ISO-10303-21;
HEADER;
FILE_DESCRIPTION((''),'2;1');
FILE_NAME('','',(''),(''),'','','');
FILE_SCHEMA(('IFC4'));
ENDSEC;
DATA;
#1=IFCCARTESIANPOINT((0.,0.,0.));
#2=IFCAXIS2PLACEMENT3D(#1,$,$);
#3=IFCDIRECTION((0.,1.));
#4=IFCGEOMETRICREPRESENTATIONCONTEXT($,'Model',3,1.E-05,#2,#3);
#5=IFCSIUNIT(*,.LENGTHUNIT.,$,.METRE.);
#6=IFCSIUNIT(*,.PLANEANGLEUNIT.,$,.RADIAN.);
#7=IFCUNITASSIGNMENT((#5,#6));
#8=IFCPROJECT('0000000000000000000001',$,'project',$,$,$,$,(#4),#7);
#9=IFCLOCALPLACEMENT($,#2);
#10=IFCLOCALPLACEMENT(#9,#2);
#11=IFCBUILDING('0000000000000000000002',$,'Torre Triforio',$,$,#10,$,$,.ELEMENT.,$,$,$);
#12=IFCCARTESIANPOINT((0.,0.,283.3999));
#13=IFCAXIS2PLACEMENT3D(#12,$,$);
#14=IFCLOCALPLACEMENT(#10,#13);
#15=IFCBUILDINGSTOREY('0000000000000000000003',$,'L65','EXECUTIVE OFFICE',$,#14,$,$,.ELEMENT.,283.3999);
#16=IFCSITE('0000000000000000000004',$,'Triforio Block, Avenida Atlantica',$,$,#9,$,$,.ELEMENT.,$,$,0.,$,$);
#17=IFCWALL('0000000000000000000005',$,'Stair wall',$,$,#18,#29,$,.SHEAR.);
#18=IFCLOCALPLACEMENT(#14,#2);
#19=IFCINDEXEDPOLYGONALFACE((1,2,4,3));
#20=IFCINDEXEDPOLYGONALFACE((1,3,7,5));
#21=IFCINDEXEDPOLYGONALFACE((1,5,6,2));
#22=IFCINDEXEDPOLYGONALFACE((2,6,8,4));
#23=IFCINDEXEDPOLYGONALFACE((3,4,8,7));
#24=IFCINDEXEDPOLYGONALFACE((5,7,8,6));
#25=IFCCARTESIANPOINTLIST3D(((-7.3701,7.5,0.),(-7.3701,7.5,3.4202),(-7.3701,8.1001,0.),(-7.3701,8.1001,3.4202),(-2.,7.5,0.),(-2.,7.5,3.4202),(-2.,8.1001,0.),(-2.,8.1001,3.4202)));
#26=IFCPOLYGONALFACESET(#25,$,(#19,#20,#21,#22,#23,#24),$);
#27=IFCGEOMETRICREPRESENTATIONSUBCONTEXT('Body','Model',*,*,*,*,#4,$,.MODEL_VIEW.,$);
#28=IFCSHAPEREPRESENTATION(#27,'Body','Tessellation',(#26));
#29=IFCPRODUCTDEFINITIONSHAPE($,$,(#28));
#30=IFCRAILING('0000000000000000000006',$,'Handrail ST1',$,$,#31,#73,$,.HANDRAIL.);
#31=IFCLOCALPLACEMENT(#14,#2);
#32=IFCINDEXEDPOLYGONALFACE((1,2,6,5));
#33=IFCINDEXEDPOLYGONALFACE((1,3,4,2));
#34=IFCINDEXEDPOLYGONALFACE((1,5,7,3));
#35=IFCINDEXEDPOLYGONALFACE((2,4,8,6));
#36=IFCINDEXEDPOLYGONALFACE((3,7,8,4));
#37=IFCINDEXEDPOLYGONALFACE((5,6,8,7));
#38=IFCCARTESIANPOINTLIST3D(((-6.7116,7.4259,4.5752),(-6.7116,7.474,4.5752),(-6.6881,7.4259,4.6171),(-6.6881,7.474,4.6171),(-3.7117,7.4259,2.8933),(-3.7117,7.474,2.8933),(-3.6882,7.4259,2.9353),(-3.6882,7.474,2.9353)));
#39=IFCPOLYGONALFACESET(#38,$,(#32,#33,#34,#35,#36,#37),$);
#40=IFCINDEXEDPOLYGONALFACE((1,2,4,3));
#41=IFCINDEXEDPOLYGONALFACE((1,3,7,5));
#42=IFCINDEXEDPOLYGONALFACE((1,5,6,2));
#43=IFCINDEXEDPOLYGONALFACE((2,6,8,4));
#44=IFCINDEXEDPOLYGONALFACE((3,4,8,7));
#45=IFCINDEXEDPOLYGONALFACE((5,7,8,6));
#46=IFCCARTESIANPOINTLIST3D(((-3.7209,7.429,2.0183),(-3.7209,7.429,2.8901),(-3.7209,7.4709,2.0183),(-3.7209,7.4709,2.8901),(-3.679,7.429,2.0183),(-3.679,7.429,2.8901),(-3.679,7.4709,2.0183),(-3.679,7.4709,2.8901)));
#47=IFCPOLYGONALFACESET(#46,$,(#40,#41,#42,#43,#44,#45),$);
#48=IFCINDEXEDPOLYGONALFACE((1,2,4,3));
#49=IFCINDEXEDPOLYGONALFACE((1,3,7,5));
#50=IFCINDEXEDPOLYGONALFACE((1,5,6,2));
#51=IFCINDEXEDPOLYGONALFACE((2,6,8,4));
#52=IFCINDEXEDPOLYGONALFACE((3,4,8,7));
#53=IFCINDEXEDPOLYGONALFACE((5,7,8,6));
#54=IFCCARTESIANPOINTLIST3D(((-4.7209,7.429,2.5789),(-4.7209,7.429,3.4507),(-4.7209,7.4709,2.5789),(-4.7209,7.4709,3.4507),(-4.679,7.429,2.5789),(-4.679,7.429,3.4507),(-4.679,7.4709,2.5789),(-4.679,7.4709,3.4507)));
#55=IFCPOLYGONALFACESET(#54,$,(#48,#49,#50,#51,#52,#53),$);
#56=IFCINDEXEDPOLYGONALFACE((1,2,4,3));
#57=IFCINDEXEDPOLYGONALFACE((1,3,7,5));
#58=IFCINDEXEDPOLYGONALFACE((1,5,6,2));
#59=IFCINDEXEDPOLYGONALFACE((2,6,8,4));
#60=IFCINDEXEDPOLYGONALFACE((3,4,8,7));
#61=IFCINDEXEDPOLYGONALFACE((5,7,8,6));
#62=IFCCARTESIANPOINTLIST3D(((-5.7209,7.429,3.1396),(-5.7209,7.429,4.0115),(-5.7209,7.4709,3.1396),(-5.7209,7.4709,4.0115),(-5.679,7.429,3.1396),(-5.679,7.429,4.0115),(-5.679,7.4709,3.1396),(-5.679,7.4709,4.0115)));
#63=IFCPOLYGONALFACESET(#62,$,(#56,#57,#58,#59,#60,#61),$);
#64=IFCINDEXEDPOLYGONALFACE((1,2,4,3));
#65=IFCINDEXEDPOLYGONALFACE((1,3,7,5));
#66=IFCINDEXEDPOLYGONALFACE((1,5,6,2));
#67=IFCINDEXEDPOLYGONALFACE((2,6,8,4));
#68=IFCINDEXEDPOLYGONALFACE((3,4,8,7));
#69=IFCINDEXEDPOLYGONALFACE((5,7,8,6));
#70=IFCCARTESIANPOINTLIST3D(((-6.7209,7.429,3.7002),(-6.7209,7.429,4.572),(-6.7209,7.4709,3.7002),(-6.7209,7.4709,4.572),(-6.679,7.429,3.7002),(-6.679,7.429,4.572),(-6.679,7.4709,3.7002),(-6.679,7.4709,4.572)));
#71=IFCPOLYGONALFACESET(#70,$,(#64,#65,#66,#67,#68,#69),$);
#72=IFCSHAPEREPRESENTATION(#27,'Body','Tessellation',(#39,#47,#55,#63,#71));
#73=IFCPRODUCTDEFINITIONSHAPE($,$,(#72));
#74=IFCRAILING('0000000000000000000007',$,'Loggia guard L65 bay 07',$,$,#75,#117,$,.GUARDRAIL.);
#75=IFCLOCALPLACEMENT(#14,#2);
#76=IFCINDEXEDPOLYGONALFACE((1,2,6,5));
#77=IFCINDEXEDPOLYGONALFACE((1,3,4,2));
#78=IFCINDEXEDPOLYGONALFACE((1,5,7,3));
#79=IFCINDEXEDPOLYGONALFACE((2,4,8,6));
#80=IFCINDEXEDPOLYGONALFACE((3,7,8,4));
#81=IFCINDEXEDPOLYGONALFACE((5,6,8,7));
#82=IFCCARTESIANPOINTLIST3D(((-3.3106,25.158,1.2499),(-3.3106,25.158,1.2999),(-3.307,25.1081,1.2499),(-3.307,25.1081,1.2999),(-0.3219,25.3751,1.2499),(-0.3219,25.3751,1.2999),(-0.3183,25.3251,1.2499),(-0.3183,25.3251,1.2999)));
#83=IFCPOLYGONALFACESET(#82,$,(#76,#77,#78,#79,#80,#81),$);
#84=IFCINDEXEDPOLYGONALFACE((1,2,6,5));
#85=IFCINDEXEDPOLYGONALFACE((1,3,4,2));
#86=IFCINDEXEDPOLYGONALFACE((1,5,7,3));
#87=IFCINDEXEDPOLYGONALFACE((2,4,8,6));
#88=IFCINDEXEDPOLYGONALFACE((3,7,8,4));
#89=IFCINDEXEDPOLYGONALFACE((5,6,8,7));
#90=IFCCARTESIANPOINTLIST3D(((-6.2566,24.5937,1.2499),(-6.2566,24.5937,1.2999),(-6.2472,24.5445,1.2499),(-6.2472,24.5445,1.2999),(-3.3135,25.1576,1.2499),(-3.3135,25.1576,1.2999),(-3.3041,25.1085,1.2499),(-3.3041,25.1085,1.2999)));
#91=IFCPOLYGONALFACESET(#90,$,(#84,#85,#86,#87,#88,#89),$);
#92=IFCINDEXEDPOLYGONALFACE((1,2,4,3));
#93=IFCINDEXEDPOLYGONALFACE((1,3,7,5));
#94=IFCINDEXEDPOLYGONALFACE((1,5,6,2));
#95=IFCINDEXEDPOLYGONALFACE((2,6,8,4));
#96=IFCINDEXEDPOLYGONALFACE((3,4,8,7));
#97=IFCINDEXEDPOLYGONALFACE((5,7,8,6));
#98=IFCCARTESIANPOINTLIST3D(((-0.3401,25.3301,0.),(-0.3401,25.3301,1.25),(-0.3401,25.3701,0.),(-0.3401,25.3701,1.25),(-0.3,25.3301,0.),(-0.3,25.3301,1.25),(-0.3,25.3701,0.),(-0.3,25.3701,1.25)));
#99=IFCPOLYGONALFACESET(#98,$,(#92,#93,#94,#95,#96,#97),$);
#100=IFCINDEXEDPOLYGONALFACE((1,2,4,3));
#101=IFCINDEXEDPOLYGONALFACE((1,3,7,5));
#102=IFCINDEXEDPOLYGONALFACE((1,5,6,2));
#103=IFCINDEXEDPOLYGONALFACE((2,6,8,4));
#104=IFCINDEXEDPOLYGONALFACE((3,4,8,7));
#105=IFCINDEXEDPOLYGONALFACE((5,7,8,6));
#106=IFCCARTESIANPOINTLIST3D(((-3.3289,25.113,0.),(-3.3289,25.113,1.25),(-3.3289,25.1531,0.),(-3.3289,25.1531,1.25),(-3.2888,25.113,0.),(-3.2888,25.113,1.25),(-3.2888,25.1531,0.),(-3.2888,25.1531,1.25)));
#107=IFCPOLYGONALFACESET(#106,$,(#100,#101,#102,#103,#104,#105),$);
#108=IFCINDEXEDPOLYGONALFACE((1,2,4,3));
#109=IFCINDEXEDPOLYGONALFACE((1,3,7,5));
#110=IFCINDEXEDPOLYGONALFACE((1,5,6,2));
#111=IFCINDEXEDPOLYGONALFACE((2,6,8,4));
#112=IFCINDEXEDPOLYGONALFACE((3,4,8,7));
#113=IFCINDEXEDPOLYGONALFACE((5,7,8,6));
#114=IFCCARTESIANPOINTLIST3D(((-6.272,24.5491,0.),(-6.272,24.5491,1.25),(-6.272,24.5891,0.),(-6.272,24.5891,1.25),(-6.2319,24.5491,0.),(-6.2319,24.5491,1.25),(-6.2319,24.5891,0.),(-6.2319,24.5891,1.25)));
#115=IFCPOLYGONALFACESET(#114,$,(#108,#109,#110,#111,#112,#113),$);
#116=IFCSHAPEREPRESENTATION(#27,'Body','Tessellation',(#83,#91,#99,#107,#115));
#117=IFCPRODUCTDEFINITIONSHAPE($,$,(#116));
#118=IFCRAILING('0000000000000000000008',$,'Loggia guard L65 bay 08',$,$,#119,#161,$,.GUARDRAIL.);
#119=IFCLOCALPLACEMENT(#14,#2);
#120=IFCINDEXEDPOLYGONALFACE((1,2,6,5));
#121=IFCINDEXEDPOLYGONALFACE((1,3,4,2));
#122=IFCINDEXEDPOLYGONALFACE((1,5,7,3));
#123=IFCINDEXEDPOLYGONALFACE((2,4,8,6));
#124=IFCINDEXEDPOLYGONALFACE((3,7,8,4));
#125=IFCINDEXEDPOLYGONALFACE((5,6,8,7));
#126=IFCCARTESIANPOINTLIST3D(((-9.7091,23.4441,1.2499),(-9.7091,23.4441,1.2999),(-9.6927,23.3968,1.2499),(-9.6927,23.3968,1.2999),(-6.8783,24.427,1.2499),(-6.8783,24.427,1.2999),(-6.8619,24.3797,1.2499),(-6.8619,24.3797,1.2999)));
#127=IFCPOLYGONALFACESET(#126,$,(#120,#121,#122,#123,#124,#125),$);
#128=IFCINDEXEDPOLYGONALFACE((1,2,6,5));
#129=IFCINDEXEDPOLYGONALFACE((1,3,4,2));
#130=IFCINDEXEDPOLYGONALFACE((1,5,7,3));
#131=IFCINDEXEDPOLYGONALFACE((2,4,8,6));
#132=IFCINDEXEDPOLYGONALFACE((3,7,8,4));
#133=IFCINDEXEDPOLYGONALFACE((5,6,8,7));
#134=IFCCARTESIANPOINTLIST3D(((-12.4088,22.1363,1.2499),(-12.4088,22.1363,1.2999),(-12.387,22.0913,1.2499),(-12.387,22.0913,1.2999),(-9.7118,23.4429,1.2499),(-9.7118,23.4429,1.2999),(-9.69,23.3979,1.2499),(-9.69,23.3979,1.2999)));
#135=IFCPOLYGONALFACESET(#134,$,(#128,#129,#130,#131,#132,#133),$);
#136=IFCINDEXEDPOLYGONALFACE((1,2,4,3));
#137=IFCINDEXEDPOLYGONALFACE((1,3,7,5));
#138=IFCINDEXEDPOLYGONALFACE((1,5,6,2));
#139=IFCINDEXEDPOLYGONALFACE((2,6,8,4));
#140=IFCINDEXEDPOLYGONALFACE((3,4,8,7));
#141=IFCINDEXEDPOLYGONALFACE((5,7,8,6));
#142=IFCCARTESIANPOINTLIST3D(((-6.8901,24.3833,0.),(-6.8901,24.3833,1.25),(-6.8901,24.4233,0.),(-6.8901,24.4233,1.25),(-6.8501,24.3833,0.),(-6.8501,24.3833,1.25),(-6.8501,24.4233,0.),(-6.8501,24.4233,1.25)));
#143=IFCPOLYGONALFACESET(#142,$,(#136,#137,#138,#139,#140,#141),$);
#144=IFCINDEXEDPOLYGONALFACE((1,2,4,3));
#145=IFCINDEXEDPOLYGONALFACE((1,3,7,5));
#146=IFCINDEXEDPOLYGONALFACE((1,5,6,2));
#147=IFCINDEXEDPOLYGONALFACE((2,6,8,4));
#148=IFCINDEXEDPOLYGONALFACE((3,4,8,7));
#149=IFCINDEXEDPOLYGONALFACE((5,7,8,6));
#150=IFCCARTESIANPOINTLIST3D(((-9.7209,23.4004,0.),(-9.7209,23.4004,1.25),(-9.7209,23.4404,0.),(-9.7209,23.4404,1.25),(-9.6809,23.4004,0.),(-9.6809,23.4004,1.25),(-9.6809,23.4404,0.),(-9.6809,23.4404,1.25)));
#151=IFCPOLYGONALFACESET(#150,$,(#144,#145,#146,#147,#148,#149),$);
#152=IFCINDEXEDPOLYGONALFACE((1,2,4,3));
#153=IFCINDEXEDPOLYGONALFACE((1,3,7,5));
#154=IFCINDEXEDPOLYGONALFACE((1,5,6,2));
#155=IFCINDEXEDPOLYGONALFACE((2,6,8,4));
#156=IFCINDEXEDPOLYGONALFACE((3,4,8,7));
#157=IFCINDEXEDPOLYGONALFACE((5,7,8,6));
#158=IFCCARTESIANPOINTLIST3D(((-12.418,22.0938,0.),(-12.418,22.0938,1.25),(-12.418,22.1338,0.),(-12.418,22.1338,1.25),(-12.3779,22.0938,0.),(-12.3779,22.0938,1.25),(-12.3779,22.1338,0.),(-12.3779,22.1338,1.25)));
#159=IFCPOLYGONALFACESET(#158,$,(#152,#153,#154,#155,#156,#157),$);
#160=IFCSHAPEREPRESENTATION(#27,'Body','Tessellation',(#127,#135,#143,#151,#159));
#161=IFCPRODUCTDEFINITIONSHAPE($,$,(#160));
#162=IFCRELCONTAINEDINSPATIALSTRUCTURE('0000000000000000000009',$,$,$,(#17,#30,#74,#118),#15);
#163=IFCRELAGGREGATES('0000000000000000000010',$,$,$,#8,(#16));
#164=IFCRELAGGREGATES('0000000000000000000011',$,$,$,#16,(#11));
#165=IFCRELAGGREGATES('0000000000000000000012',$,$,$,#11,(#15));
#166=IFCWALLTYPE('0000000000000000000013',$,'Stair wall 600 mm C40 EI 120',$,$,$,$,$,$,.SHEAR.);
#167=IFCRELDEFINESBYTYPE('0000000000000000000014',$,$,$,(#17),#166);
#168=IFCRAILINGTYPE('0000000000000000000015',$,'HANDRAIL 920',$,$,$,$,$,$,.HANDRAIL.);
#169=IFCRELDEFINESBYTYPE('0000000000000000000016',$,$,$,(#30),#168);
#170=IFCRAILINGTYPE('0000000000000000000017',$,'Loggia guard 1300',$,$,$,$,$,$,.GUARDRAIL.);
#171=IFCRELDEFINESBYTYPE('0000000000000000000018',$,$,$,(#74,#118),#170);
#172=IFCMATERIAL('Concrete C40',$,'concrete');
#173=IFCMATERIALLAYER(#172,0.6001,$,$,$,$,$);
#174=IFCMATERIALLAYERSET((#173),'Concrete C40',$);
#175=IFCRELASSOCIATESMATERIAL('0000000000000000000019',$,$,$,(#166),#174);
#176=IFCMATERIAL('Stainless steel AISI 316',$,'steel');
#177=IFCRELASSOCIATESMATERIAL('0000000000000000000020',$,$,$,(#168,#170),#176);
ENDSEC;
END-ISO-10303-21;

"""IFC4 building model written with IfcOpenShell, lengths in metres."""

from ifc_helpers import new_model, si_unit, direction, frame, frame_2d, origin, origin_2d, place, context, subcontext, project, spatial, rectangle, extrude, material, layer, layer_set, type_object, element, save


model = new_model("IFC4")

# Units and contexts
model_context = context("Model", 3, precision=1e-05, world=origin(), true_north=direction((0.0, 1.0)))
body_context = subcontext(model_context, "Body", "Model", "MODEL_VIEW")
ifc_project = project(units=[si_unit("LENGTHUNIT", "METRE"), si_unit("PLANEANGLEUNIT", "RADIAN")], contexts=[model_context])

# Site, building, storey
site_placement = place(None, origin())
site = spatial("IfcSite", under=ifc_project, at=site_placement, Name="Triforio Block, Avenida Atlantica", CompositionType="ELEMENT", RefElevation=0.0)
building_placement = place(site_placement, origin())
building = spatial("IfcBuilding", under=site, at=building_placement, Name="Torre Triforio", CompositionType="ELEMENT")
storey_placement = place(building_placement, frame((0.0, 0.0, 283.3999)))
storey = spatial("IfcBuildingStorey", under=building, at=storey_placement, Name="L65", Description="EXECUTIVE OFFICE", CompositionType="ELEMENT", Elevation=283.3999)

# Shared definitions
ifc_material_1 = material(Name="Concrete C40", Category="concrete")

# Wall
ifc_layer_1 = layer(ifc_material_1, 0.6001)
ifc_layer_set_1 = layer_set([ifc_layer_1], Name="Concrete C40")
wall_type_1 = type_object("IfcWallType", Name="Stair wall 600 mm C40 EI 120", PredefinedType="SHEAR", material=ifc_layer_set_1)
wall_1_placement = place(storey_placement, frame((-7.3701, 7.8, 0.0), z_axis=(0.0, 0.0, 1.0), x_axis=(1.0, 0.0, 0.0)))
element("IfcWall", 1, at=wall_1_placement, inside=storey, type_object=wall_type_1, Name="Stair wall", PredefinedType="SHEAR", context=body_context, shape_type="SweptSolid", body=[
    extrude(rectangle(XDim=5.3701, YDim=0.6001, at=frame_2d((2.6851, 0.0))), origin(), (0.0, 0.0, 1.0), 3.4202),
])

# Railings
ifc_material_2 = material(Name="Stainless steel AISI 316", Category="steel")
railing_type_1 = type_object("IfcRailingType", Name="HANDRAIL 920", PredefinedType="HANDRAIL", material=ifc_material_2)
railing_1_placement = place(storey_placement, frame((-3.7, 7.45, 2.0183)))
element("IfcRailing", 2, at=railing_1_placement, inside=storey, type_object=railing_type_1, Name="Handrail ST1", PredefinedType="HANDRAIL", context=body_context, shape_type="SweptSolid", body=[
    extrude(rectangle(XDim=0.0481, YDim=0.0481, at=origin_2d()), frame((0.0, 0.0, 0.896), z_axis=(-0.872272, 0.0, 0.48902), x_axis=(0.0, -1.0, 0.0)), (0.0, 0.0, 1.0), 3.4392),
    extrude(rectangle(XDim=0.042, YDim=0.042, at=origin_2d()), origin(), (0.0, 0.0, 1.0), 0.8718),
    extrude(rectangle(XDim=0.042, YDim=0.042, at=origin_2d()), frame((-1.0, 0.0, 0.5605)), (0.0, 0.0, 1.0), 0.8718),
    extrude(rectangle(XDim=0.042, YDim=0.042, at=origin_2d()), frame((-2.0, 0.0, 1.1213)), (0.0, 0.0, 1.0), 0.8718),
    extrude(rectangle(XDim=0.042, YDim=0.042, at=origin_2d()), frame((-3.0, 0.0, 1.6819)), (0.0, 0.0, 1.0), 0.8718),
])
railing_type_2 = type_object("IfcRailingType", Name="Loggia guard 1300", PredefinedType="GUARDRAIL", material=ifc_material_2)
railing_2_placement = place(storey_placement, frame((-0.3201, 25.3501, 0.0)))
element("IfcRailing", 3, at=railing_2_placement, inside=storey, type_object=railing_type_2, Name="Loggia guard L65 bay 07", PredefinedType="GUARDRAIL", context=body_context, shape_type="SweptSolid", body=[
    extrude(rectangle(XDim=0.05, YDim=0.05, at=origin_2d()), frame((0.0, 0.0, 1.2749), z_axis=(-0.997374, -0.072428, 0.0), x_axis=(0.072428, -0.997374, 0.0)), (0.0, 0.0, 1.0), 2.9966),
    extrude(rectangle(XDim=0.05, YDim=0.05, at=origin_2d()), frame((-2.9888, -0.217, 1.2749), z_axis=(-0.982131, -0.188198, 0.0), x_axis=(0.188198, -0.982131, 0.0)), (0.0, 0.0, 1.0), 2.9966),
    extrude(rectangle(XDim=0.04, YDim=0.04, at=origin_2d()), origin(), (0.0, 0.0, 1.0), 1.25),
    extrude(rectangle(XDim=0.04, YDim=0.04, at=origin_2d()), frame((-2.9888, -0.217, 0.0)), (0.0, 0.0, 1.0), 1.25),
    extrude(rectangle(XDim=0.04, YDim=0.04, at=origin_2d()), frame((-5.9319, -0.781, 0.0)), (0.0, 0.0, 1.0), 1.25),
])
railing_3_placement = place(storey_placement, frame((-6.8701, 24.4033, 0.0)))
element("IfcRailing", 4, at=railing_3_placement, inside=storey, type_object=railing_type_2, Name="Loggia guard L65 bay 08", PredefinedType="GUARDRAIL", context=body_context, shape_type="SweptSolid", body=[
    extrude(rectangle(XDim=0.05, YDim=0.05, at=origin_2d()), frame((0.0, 0.0, 1.2749), z_axis=(-0.944675, -0.328009, 0.0), x_axis=(0.328009, -0.944675, 0.0)), (0.0, 0.0, 1.0), 2.9966),
    extrude(rectangle(XDim=0.05, YDim=0.05, at=origin_2d()), frame((-2.8308, -0.9829, 1.2749), z_axis=(-0.899946, -0.436002, 0.0), x_axis=(0.436002, -0.899946, 0.0)), (0.0, 0.0, 1.0), 2.9968),
    extrude(rectangle(XDim=0.04, YDim=0.04, at=origin_2d()), origin(), (0.0, 0.0, 1.0), 1.25),
    extrude(rectangle(XDim=0.04, YDim=0.04, at=origin_2d()), frame((-2.8308, -0.9829, 0.0)), (0.0, 0.0, 1.0), 1.25),
    extrude(rectangle(XDim=0.04, YDim=0.04, at=origin_2d()), frame((-5.5278, -2.2896, 0.0)), (0.0, 0.0, 1.0), 1.25),
])

save(model, "model.ifc")
